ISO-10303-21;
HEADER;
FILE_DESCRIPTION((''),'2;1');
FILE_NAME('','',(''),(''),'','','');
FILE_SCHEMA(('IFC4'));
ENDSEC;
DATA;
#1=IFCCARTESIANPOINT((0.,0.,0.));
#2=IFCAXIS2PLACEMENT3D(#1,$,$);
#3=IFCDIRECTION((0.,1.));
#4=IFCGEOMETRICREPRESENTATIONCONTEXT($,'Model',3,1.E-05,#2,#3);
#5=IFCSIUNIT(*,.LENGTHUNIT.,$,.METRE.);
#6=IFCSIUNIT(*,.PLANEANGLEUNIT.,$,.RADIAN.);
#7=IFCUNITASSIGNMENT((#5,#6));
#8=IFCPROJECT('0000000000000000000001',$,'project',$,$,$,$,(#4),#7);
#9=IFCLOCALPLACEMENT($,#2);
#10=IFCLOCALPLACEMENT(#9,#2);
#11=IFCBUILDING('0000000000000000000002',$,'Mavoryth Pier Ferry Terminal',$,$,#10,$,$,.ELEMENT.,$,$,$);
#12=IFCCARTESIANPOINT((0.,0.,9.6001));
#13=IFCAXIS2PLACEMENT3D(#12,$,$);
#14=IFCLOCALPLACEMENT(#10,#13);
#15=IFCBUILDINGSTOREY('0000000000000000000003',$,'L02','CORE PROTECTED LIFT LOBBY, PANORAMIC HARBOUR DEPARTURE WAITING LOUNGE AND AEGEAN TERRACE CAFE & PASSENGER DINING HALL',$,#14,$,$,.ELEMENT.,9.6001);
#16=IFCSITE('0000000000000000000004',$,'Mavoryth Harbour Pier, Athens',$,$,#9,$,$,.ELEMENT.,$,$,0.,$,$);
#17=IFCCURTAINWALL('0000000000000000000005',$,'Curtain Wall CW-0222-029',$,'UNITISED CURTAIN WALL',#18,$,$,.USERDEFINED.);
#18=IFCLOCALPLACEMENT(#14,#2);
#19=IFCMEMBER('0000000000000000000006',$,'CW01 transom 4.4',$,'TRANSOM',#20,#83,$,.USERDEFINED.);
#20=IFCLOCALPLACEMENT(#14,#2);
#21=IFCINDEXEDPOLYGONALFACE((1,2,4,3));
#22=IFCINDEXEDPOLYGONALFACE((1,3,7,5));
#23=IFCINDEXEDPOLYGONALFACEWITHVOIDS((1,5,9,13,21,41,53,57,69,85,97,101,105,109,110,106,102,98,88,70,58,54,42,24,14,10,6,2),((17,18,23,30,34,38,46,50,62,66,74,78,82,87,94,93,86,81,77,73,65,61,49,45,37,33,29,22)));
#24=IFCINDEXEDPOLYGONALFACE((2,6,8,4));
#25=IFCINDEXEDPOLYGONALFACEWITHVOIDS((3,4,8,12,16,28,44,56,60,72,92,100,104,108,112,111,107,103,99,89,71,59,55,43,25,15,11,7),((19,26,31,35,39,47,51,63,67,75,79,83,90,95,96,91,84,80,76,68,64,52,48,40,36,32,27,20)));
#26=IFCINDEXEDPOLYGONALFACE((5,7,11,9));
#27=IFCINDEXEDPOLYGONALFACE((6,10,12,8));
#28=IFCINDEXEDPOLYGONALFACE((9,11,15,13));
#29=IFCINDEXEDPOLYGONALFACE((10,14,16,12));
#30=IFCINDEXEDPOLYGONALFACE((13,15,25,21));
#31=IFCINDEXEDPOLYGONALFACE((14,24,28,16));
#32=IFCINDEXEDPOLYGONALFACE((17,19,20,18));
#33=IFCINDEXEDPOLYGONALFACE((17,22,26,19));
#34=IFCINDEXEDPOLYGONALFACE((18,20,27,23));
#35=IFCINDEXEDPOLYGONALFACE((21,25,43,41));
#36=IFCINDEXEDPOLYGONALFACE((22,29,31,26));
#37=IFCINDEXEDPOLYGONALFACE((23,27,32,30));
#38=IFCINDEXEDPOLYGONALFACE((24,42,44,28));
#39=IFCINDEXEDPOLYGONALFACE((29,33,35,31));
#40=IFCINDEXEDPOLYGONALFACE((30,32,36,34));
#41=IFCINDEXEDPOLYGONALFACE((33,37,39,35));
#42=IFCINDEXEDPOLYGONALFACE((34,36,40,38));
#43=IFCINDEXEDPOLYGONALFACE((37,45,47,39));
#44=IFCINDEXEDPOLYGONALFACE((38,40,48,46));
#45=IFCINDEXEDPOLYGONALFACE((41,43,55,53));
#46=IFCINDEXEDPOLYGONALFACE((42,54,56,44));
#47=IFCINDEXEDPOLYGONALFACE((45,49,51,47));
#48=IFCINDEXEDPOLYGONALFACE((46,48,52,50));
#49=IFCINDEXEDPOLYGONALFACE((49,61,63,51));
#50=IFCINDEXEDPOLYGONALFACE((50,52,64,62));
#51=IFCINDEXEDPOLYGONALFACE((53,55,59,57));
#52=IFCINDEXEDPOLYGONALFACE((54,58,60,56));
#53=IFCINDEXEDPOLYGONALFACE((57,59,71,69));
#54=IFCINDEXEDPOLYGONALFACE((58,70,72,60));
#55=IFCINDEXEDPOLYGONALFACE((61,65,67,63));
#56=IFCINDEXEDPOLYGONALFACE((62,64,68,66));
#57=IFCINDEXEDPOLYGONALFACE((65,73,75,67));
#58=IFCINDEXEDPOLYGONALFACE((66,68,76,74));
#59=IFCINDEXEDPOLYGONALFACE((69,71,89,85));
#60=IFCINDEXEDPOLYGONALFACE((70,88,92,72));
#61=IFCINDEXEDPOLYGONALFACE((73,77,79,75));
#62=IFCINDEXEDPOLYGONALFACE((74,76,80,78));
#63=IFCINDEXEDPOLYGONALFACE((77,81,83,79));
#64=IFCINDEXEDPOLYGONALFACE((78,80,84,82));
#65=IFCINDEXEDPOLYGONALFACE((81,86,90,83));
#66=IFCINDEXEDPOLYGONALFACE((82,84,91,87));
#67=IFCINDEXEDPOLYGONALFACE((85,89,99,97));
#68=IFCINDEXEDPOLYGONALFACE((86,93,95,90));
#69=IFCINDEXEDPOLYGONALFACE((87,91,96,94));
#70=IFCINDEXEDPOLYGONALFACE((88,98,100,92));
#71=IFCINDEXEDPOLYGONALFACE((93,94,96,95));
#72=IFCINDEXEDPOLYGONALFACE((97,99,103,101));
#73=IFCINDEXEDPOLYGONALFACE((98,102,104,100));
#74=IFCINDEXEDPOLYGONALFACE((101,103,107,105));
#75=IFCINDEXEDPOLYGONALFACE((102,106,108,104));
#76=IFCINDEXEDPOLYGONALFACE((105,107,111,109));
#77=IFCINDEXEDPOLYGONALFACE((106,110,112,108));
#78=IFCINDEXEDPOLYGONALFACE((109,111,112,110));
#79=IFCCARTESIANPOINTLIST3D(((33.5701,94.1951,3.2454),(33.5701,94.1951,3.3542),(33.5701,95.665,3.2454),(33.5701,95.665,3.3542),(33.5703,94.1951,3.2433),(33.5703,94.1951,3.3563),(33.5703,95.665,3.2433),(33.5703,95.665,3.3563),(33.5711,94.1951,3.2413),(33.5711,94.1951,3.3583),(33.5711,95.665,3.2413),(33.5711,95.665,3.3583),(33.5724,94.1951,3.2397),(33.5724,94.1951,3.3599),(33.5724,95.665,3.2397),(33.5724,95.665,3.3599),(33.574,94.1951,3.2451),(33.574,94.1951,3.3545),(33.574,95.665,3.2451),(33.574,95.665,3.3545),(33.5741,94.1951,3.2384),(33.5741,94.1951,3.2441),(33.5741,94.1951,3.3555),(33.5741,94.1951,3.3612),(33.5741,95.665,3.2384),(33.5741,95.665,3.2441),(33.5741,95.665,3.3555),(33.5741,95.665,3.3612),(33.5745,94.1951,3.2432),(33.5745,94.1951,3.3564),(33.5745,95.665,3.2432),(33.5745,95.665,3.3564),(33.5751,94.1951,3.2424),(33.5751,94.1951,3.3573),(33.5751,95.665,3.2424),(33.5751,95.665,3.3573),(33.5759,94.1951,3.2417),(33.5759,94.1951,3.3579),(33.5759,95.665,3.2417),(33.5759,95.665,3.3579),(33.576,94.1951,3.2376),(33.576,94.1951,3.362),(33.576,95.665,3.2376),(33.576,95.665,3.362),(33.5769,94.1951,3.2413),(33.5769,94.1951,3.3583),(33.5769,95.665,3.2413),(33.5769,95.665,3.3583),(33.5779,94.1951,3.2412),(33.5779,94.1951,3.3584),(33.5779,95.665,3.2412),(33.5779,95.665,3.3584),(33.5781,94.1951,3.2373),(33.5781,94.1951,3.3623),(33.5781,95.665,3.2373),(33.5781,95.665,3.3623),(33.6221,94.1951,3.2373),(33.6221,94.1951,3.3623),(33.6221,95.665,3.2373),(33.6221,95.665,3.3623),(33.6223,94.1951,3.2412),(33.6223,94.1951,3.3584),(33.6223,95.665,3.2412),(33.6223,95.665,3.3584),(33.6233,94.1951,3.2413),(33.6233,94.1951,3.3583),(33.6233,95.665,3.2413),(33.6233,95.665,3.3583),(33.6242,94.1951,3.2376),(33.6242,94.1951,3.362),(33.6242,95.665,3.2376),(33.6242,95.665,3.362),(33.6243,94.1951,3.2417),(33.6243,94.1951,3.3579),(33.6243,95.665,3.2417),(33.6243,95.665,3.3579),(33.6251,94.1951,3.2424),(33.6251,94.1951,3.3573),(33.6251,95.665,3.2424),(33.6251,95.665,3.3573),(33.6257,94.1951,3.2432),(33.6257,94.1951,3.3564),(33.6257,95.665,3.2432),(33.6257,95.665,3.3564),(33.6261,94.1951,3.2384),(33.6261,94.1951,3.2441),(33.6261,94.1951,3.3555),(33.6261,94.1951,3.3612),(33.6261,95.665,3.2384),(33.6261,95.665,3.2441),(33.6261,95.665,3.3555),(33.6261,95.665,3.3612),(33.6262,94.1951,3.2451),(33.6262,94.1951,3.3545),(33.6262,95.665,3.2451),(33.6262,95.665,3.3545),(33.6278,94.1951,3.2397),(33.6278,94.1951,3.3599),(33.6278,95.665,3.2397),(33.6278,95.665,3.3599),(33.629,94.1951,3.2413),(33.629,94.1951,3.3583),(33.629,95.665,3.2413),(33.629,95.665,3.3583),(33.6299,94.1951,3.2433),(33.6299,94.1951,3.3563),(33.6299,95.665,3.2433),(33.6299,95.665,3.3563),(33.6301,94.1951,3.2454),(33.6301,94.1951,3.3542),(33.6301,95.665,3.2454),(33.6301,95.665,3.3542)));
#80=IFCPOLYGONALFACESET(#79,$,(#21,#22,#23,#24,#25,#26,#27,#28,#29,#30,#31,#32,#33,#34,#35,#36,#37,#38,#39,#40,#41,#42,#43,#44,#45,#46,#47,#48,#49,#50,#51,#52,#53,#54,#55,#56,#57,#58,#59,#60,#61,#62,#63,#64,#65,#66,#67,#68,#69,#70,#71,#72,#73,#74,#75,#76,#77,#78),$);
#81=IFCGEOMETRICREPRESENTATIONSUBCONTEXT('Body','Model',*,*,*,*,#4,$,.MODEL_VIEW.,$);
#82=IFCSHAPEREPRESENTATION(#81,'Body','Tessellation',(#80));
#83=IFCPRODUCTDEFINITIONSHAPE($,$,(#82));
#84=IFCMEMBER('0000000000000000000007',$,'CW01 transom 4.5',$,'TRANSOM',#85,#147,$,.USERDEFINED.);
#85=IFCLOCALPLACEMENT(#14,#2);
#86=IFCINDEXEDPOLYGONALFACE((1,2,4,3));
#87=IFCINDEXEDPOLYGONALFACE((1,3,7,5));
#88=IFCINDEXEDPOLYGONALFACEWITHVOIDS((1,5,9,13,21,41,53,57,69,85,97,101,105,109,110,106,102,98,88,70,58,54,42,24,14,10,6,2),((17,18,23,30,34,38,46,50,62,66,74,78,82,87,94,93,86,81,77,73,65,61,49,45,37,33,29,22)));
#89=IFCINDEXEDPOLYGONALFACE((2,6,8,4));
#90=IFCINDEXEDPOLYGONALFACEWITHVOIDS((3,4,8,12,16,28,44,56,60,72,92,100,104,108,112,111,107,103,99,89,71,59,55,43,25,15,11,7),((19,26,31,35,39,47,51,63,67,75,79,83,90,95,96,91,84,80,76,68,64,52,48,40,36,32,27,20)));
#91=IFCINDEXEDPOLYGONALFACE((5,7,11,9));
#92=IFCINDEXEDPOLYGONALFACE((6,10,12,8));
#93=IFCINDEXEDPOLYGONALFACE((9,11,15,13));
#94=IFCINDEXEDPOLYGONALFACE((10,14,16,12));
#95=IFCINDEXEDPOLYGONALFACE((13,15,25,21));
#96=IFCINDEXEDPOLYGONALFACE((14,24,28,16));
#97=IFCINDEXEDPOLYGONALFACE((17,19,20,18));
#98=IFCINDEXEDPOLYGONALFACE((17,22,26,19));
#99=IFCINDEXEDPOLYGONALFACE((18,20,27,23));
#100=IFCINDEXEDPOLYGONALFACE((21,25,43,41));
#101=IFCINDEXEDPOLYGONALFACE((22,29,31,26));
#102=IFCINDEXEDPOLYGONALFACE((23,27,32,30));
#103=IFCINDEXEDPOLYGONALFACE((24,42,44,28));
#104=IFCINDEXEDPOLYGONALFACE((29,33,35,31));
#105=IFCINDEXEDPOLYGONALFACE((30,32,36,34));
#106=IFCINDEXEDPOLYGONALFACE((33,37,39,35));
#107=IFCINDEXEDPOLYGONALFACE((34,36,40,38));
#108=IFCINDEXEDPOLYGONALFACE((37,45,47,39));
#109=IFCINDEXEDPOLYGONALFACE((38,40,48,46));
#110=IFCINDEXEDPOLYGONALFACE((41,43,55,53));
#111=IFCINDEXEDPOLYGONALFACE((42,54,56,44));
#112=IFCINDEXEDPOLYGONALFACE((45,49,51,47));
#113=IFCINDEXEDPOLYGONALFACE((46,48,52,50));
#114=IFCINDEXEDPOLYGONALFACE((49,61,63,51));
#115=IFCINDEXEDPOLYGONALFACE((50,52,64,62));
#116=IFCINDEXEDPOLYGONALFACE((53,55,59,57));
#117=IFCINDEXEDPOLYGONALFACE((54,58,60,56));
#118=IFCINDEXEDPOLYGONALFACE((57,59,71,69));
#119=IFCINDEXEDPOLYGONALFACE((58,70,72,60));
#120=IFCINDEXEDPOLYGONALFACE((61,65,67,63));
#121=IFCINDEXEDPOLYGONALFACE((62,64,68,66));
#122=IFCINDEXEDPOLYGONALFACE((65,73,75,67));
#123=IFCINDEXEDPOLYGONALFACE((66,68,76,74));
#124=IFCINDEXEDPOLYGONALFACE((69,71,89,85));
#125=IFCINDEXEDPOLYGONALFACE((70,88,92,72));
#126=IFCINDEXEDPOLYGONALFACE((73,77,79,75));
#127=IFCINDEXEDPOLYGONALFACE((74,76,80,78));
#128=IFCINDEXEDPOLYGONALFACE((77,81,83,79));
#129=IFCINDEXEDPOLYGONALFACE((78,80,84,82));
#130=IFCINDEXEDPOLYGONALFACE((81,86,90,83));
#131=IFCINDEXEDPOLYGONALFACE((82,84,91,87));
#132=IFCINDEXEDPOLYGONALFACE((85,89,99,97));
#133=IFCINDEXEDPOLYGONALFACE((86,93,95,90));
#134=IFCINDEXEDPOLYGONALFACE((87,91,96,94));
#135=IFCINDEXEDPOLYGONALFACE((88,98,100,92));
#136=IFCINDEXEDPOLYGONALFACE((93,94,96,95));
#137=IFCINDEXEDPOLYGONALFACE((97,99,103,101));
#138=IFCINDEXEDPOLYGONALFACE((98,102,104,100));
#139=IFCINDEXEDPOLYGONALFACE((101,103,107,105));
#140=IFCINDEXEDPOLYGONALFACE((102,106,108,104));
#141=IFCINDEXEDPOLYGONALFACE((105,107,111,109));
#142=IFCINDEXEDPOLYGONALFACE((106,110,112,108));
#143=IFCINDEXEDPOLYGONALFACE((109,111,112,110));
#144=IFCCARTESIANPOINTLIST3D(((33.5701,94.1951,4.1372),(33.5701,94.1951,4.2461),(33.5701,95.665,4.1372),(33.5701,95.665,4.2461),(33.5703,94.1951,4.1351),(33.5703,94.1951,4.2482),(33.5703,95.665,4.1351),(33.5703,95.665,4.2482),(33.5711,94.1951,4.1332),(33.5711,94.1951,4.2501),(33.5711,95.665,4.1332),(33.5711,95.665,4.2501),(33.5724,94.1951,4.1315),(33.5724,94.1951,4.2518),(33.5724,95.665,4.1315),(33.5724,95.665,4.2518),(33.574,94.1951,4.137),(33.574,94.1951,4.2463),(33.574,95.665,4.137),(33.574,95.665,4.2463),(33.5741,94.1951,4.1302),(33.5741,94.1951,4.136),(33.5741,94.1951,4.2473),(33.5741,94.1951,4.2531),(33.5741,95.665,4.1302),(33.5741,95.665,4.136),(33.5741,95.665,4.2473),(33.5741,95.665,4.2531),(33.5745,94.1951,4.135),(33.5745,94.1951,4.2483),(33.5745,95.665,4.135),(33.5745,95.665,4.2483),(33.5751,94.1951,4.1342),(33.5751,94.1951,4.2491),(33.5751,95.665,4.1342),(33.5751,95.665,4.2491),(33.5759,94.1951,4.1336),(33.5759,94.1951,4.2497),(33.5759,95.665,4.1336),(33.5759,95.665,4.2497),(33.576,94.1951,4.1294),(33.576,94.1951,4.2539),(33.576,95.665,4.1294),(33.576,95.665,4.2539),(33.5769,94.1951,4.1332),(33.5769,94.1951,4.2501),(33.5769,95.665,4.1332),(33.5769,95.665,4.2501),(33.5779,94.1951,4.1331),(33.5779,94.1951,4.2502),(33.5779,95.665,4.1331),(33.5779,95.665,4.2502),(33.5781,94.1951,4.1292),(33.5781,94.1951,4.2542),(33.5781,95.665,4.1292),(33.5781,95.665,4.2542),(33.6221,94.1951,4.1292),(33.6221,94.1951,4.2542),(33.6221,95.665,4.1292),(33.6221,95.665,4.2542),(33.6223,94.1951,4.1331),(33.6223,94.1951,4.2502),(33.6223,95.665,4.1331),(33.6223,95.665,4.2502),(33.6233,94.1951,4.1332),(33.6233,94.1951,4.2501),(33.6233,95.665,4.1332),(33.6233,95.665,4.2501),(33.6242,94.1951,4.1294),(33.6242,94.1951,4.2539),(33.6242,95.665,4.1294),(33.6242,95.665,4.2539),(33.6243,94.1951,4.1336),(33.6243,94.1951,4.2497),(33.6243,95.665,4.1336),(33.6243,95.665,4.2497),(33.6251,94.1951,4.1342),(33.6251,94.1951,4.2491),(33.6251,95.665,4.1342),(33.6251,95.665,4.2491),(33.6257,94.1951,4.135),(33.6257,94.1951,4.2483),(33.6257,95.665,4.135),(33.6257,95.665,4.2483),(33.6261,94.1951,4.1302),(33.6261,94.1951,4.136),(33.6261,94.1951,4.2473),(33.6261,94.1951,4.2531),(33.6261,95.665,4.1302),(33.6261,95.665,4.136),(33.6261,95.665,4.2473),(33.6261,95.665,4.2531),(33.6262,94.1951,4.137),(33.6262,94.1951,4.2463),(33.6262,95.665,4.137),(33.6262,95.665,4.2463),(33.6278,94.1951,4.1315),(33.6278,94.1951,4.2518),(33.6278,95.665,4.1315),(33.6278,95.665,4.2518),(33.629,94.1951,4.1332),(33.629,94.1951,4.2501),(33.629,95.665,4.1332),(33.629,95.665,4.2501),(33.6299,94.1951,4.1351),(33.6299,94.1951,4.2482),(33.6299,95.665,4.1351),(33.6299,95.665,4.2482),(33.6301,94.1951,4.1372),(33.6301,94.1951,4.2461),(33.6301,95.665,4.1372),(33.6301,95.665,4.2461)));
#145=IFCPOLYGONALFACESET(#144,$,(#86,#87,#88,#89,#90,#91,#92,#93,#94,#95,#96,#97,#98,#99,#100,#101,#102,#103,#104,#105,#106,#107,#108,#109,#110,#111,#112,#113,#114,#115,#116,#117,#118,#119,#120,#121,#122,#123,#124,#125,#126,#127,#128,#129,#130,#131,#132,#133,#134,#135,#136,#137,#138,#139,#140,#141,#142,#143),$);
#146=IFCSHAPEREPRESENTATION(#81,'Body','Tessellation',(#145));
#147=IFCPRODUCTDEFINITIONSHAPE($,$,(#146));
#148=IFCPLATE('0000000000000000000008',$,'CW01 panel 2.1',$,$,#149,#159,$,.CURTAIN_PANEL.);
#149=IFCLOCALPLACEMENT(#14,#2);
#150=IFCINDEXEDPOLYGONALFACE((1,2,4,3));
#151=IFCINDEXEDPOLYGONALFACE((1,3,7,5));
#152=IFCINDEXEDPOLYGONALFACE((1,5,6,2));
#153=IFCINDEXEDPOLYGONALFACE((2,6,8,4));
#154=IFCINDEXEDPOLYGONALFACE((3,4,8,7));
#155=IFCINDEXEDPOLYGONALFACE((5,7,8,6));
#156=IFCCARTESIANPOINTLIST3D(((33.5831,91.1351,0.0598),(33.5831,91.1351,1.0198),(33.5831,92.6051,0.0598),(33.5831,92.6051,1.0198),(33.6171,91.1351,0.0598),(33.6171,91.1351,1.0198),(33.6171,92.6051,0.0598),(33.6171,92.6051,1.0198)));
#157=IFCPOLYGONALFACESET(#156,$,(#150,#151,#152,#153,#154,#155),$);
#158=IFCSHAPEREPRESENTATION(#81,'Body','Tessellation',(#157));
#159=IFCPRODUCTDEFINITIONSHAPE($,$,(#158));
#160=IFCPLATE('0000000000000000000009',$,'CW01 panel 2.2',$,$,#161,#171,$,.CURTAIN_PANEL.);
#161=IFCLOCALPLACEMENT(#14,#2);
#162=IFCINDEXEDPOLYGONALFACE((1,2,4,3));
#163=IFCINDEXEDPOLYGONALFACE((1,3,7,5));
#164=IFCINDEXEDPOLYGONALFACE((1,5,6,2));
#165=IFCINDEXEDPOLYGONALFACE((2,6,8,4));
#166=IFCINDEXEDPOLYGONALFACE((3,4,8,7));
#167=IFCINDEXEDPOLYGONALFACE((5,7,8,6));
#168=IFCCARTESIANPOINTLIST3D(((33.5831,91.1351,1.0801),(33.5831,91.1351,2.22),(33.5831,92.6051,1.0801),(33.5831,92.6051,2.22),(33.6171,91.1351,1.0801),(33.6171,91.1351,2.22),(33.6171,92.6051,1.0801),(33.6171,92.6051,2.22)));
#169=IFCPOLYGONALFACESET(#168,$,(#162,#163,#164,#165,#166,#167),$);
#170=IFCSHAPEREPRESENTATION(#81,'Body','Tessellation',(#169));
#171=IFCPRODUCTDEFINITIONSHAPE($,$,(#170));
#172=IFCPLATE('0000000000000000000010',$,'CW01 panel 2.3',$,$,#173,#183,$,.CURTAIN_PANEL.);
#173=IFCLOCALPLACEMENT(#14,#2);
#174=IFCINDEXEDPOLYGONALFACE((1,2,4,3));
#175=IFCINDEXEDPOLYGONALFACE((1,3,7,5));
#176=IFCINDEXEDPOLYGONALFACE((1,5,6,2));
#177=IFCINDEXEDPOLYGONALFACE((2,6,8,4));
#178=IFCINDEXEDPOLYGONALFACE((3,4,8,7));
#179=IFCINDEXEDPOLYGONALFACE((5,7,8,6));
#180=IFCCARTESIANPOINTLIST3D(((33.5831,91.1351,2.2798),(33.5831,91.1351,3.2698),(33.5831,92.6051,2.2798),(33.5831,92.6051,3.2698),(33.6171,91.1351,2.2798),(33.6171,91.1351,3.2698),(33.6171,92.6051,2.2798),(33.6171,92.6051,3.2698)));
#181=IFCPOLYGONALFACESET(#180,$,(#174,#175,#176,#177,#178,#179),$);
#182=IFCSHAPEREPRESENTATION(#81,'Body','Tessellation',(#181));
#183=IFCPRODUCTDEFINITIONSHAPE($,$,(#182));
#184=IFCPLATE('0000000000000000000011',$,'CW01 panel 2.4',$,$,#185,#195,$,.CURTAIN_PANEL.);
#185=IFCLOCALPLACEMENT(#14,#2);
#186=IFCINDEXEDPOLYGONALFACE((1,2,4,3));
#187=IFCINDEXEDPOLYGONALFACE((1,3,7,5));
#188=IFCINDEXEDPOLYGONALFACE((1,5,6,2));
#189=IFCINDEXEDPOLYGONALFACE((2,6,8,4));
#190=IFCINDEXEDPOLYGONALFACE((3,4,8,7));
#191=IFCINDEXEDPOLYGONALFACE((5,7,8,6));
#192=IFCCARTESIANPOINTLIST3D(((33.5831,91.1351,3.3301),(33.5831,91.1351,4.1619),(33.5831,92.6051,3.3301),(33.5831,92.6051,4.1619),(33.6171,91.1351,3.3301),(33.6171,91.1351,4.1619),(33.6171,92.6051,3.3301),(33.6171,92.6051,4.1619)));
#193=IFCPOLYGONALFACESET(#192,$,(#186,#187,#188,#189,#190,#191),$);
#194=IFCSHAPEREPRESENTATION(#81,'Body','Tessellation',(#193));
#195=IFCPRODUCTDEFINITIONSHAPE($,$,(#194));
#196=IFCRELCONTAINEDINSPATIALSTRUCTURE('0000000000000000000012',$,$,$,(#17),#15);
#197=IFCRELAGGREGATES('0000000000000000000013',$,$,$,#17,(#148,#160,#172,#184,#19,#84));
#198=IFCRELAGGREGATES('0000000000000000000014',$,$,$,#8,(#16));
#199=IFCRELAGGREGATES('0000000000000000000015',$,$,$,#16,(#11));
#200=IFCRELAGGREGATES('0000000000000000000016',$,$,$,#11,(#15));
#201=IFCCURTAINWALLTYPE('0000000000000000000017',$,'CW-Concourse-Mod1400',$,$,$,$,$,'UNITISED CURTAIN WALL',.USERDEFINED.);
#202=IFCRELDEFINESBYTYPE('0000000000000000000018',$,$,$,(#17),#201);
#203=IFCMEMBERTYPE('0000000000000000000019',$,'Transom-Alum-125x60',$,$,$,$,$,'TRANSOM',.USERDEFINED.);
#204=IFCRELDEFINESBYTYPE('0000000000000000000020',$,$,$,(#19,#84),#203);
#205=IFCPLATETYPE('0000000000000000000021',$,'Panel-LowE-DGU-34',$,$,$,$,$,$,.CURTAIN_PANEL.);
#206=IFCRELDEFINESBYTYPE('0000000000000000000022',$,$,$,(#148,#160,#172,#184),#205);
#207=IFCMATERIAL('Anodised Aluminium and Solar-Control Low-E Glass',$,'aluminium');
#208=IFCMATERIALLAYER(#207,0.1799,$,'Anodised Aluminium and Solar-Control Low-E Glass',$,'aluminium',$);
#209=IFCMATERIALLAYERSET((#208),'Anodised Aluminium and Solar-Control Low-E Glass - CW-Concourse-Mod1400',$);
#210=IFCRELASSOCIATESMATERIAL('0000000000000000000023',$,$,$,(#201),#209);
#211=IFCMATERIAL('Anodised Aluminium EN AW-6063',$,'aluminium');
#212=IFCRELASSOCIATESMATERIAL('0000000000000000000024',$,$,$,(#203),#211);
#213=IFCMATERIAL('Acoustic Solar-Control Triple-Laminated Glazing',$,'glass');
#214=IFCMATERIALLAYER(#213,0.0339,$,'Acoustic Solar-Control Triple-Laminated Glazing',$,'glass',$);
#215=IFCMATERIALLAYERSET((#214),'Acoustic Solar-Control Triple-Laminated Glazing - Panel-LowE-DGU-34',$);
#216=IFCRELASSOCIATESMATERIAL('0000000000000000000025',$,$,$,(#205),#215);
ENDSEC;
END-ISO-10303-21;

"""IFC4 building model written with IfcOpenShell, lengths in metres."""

from ifc_helpers import new_model, si_unit, direction, frame, origin, origin_2d, place, context, subcontext, project, spatial, rectangle, hollow_rectangle, extrude, material, layer, layer_set, material_profile, profile_set, type_object, element, aggregate, save


model = new_model("IFC4")

# Units and contexts
model_context = context("Model", 3, precision=1e-05, world=origin(), true_north=direction((0.0, 1.0)))
body_context = subcontext(model_context, "Body", "Model", "MODEL_VIEW")
ifc_project = project(units=[si_unit("LENGTHUNIT", "METRE"), si_unit("PLANEANGLEUNIT", "RADIAN")], contexts=[model_context])

# Site, building, storey
site_placement = place(None, origin())
site = spatial("IfcSite", under=ifc_project, at=site_placement, Name="Mavoryth Harbour Pier, Athens", CompositionType="ELEMENT", RefElevation=0.0)
building_placement = place(site_placement, origin())
building = spatial("IfcBuilding", under=site, at=building_placement, Name="Mavoryth Pier Ferry Terminal", CompositionType="ELEMENT")
storey_placement = place(building_placement, frame((0.0, 0.0, 9.6001)))
storey = spatial("IfcBuildingStorey", under=building, at=storey_placement, Name="L02", Description="CORE PROTECTED LIFT LOBBY, PANORAMIC HARBOUR DEPARTURE WAITING LOUNGE AND AEGEAN TERRACE CAFE & PASSENGER DINING HALL", CompositionType="ELEMENT", Elevation=9.6001)

# Curtain wall
ifc_material_1 = material(Name="Anodised Aluminium and Solar-Control Low-E Glass", Category="aluminium")
ifc_layer_1 = layer(ifc_material_1, 0.1799, Name="Anodised Aluminium and Solar-Control Low-E Glass", Category="aluminium")
ifc_layer_set_1 = layer_set([ifc_layer_1], Name="Anodised Aluminium and Solar-Control Low-E Glass - CW-Concourse-Mod1400")
curtain_wall_type = type_object("IfcCurtainWallType", Name="CW-Concourse-Mod1400", ElementType="UNITISED CURTAIN WALL", PredefinedType="USERDEFINED", material=ifc_layer_set_1)
curtain_wall_placement = place(storey_placement, origin())
curtain_wall = element("IfcCurtainWall", 1, at=curtain_wall_placement, inside=storey, type_object=curtain_wall_type, Name="Curtain Wall CW-0222-029", ObjectType="UNITISED CURTAIN WALL", PredefinedType="USERDEFINED")
ifc_material_2 = material(Name="Anodised Aluminium EN AW-6063", Category="aluminium")

# Members
ifc_material_profile_1 = material_profile(ifc_material_2, hollow_rectangle(XDim=0.0601, YDim=0.125, WallThickness=0.0039, InnerFilletRadius=0.0039, OuterFilletRadius=0.0081, at=origin_2d()), Name="AL-TRAN 125x60x4", Category="aluminium")
ifc_profile_set_1 = profile_set([ifc_material_profile_1], Name="Anodised Aluminium EN AW-6063 - AL-TRAN 125x60x4")
member_type_1 = type_object("IfcMemberType", Name="Transom-Alum-125x60", ElementType="TRANSOM", PredefinedType="USERDEFINED", material=ifc_profile_set_1)
member_1_placement = place(storey_placement, frame((33.6001, 94.1951, 3.2998), z_axis=(0.0, 1.0, 0.0), x_axis=(-1.0, 0.0, 0.0)))
member_1 = element("IfcMember", 2, at=member_1_placement, type_object=member_type_1, Name="CW01 transom 4.4", ObjectType="TRANSOM", PredefinedType="USERDEFINED", context=body_context, shape_type="SweptSolid", body=[
    extrude(hollow_rectangle(XDim=0.0601, YDim=0.125, WallThickness=0.0039, InnerFilletRadius=0.0039, OuterFilletRadius=0.0081, at=origin_2d()), origin(), (0.0, 0.0, 1.0), 1.47),
])
member_2_placement = place(storey_placement, frame((33.6001, 94.1951, 4.1917), z_axis=(0.0, 1.0, 0.0), x_axis=(-1.0, 0.0, 0.0)))
member_2 = element("IfcMember", 3, at=member_2_placement, type_object=member_type_1, Name="CW01 transom 4.5", ObjectType="TRANSOM", PredefinedType="USERDEFINED", context=body_context, shape_type="SweptSolid", body=[
    extrude(hollow_rectangle(XDim=0.0601, YDim=0.125, WallThickness=0.0039, InnerFilletRadius=0.0039, OuterFilletRadius=0.0081, at=origin_2d()), origin(), (0.0, 0.0, 1.0), 1.47),
])

# Plates
ifc_material_3 = material(Name="Acoustic Solar-Control Triple-Laminated Glazing", Category="glass")
ifc_layer_2 = layer(ifc_material_3, 0.0339, Name="Acoustic Solar-Control Triple-Laminated Glazing", Category="glass")
ifc_layer_set_2 = layer_set([ifc_layer_2], Name="Acoustic Solar-Control Triple-Laminated Glazing - Panel-LowE-DGU-34")
plate_type = type_object("IfcPlateType", Name="Panel-LowE-DGU-34", PredefinedType="CURTAIN_PANEL", material=ifc_layer_set_2)
plate_1_placement = place(storey_placement, frame((33.6001, 91.8701, 0.0598), z_axis=(0.0, 0.0, 1.0), x_axis=(0.0, 1.0, 0.0)))
plate_1 = element("IfcPlate", 4, at=plate_1_placement, type_object=plate_type, Name="CW01 panel 2.1", PredefinedType="CURTAIN_PANEL", context=body_context, shape_type="SweptSolid", body=[
    extrude(rectangle(XDim=1.47, YDim=0.0339, at=origin_2d()), origin(), (0.0, 0.0, 1.0), 0.96),
])
plate_2_placement = place(storey_placement, frame((33.6001, 91.8701, 1.0801), z_axis=(0.0, 0.0, 1.0), x_axis=(0.0, 1.0, 0.0)))
plate_2 = element("IfcPlate", 5, at=plate_2_placement, type_object=plate_type, Name="CW01 panel 2.2", PredefinedType="CURTAIN_PANEL", context=body_context, shape_type="SweptSolid", body=[
    extrude(rectangle(XDim=1.47, YDim=0.0339, at=origin_2d()), origin(), (0.0, 0.0, 1.0), 1.1399),
])
plate_3_placement = place(storey_placement, frame((33.6001, 91.8701, 2.2798), z_axis=(0.0, 0.0, 1.0), x_axis=(0.0, 1.0, 0.0)))
plate_3 = element("IfcPlate", 6, at=plate_3_placement, type_object=plate_type, Name="CW01 panel 2.3", PredefinedType="CURTAIN_PANEL", context=body_context, shape_type="SweptSolid", body=[
    extrude(rectangle(XDim=1.47, YDim=0.0339, at=origin_2d()), origin(), (0.0, 0.0, 1.0), 0.99),
])
plate_4_placement = place(storey_placement, frame((33.6001, 91.8701, 3.3301), z_axis=(0.0, 0.0, 1.0), x_axis=(0.0, 1.0, 0.0)))
plate_4 = element("IfcPlate", 7, at=plate_4_placement, type_object=plate_type, Name="CW01 panel 2.4", PredefinedType="CURTAIN_PANEL", context=body_context, shape_type="SweptSolid", body=[
    extrude(rectangle(XDim=1.47, YDim=0.0339, at=origin_2d()), origin(), (0.0, 0.0, 1.0), 0.8318),
])
aggregate(curtain_wall, [plate_1, plate_2, plate_3, plate_4, member_1, member_2])

save(model, "model.ifc")
